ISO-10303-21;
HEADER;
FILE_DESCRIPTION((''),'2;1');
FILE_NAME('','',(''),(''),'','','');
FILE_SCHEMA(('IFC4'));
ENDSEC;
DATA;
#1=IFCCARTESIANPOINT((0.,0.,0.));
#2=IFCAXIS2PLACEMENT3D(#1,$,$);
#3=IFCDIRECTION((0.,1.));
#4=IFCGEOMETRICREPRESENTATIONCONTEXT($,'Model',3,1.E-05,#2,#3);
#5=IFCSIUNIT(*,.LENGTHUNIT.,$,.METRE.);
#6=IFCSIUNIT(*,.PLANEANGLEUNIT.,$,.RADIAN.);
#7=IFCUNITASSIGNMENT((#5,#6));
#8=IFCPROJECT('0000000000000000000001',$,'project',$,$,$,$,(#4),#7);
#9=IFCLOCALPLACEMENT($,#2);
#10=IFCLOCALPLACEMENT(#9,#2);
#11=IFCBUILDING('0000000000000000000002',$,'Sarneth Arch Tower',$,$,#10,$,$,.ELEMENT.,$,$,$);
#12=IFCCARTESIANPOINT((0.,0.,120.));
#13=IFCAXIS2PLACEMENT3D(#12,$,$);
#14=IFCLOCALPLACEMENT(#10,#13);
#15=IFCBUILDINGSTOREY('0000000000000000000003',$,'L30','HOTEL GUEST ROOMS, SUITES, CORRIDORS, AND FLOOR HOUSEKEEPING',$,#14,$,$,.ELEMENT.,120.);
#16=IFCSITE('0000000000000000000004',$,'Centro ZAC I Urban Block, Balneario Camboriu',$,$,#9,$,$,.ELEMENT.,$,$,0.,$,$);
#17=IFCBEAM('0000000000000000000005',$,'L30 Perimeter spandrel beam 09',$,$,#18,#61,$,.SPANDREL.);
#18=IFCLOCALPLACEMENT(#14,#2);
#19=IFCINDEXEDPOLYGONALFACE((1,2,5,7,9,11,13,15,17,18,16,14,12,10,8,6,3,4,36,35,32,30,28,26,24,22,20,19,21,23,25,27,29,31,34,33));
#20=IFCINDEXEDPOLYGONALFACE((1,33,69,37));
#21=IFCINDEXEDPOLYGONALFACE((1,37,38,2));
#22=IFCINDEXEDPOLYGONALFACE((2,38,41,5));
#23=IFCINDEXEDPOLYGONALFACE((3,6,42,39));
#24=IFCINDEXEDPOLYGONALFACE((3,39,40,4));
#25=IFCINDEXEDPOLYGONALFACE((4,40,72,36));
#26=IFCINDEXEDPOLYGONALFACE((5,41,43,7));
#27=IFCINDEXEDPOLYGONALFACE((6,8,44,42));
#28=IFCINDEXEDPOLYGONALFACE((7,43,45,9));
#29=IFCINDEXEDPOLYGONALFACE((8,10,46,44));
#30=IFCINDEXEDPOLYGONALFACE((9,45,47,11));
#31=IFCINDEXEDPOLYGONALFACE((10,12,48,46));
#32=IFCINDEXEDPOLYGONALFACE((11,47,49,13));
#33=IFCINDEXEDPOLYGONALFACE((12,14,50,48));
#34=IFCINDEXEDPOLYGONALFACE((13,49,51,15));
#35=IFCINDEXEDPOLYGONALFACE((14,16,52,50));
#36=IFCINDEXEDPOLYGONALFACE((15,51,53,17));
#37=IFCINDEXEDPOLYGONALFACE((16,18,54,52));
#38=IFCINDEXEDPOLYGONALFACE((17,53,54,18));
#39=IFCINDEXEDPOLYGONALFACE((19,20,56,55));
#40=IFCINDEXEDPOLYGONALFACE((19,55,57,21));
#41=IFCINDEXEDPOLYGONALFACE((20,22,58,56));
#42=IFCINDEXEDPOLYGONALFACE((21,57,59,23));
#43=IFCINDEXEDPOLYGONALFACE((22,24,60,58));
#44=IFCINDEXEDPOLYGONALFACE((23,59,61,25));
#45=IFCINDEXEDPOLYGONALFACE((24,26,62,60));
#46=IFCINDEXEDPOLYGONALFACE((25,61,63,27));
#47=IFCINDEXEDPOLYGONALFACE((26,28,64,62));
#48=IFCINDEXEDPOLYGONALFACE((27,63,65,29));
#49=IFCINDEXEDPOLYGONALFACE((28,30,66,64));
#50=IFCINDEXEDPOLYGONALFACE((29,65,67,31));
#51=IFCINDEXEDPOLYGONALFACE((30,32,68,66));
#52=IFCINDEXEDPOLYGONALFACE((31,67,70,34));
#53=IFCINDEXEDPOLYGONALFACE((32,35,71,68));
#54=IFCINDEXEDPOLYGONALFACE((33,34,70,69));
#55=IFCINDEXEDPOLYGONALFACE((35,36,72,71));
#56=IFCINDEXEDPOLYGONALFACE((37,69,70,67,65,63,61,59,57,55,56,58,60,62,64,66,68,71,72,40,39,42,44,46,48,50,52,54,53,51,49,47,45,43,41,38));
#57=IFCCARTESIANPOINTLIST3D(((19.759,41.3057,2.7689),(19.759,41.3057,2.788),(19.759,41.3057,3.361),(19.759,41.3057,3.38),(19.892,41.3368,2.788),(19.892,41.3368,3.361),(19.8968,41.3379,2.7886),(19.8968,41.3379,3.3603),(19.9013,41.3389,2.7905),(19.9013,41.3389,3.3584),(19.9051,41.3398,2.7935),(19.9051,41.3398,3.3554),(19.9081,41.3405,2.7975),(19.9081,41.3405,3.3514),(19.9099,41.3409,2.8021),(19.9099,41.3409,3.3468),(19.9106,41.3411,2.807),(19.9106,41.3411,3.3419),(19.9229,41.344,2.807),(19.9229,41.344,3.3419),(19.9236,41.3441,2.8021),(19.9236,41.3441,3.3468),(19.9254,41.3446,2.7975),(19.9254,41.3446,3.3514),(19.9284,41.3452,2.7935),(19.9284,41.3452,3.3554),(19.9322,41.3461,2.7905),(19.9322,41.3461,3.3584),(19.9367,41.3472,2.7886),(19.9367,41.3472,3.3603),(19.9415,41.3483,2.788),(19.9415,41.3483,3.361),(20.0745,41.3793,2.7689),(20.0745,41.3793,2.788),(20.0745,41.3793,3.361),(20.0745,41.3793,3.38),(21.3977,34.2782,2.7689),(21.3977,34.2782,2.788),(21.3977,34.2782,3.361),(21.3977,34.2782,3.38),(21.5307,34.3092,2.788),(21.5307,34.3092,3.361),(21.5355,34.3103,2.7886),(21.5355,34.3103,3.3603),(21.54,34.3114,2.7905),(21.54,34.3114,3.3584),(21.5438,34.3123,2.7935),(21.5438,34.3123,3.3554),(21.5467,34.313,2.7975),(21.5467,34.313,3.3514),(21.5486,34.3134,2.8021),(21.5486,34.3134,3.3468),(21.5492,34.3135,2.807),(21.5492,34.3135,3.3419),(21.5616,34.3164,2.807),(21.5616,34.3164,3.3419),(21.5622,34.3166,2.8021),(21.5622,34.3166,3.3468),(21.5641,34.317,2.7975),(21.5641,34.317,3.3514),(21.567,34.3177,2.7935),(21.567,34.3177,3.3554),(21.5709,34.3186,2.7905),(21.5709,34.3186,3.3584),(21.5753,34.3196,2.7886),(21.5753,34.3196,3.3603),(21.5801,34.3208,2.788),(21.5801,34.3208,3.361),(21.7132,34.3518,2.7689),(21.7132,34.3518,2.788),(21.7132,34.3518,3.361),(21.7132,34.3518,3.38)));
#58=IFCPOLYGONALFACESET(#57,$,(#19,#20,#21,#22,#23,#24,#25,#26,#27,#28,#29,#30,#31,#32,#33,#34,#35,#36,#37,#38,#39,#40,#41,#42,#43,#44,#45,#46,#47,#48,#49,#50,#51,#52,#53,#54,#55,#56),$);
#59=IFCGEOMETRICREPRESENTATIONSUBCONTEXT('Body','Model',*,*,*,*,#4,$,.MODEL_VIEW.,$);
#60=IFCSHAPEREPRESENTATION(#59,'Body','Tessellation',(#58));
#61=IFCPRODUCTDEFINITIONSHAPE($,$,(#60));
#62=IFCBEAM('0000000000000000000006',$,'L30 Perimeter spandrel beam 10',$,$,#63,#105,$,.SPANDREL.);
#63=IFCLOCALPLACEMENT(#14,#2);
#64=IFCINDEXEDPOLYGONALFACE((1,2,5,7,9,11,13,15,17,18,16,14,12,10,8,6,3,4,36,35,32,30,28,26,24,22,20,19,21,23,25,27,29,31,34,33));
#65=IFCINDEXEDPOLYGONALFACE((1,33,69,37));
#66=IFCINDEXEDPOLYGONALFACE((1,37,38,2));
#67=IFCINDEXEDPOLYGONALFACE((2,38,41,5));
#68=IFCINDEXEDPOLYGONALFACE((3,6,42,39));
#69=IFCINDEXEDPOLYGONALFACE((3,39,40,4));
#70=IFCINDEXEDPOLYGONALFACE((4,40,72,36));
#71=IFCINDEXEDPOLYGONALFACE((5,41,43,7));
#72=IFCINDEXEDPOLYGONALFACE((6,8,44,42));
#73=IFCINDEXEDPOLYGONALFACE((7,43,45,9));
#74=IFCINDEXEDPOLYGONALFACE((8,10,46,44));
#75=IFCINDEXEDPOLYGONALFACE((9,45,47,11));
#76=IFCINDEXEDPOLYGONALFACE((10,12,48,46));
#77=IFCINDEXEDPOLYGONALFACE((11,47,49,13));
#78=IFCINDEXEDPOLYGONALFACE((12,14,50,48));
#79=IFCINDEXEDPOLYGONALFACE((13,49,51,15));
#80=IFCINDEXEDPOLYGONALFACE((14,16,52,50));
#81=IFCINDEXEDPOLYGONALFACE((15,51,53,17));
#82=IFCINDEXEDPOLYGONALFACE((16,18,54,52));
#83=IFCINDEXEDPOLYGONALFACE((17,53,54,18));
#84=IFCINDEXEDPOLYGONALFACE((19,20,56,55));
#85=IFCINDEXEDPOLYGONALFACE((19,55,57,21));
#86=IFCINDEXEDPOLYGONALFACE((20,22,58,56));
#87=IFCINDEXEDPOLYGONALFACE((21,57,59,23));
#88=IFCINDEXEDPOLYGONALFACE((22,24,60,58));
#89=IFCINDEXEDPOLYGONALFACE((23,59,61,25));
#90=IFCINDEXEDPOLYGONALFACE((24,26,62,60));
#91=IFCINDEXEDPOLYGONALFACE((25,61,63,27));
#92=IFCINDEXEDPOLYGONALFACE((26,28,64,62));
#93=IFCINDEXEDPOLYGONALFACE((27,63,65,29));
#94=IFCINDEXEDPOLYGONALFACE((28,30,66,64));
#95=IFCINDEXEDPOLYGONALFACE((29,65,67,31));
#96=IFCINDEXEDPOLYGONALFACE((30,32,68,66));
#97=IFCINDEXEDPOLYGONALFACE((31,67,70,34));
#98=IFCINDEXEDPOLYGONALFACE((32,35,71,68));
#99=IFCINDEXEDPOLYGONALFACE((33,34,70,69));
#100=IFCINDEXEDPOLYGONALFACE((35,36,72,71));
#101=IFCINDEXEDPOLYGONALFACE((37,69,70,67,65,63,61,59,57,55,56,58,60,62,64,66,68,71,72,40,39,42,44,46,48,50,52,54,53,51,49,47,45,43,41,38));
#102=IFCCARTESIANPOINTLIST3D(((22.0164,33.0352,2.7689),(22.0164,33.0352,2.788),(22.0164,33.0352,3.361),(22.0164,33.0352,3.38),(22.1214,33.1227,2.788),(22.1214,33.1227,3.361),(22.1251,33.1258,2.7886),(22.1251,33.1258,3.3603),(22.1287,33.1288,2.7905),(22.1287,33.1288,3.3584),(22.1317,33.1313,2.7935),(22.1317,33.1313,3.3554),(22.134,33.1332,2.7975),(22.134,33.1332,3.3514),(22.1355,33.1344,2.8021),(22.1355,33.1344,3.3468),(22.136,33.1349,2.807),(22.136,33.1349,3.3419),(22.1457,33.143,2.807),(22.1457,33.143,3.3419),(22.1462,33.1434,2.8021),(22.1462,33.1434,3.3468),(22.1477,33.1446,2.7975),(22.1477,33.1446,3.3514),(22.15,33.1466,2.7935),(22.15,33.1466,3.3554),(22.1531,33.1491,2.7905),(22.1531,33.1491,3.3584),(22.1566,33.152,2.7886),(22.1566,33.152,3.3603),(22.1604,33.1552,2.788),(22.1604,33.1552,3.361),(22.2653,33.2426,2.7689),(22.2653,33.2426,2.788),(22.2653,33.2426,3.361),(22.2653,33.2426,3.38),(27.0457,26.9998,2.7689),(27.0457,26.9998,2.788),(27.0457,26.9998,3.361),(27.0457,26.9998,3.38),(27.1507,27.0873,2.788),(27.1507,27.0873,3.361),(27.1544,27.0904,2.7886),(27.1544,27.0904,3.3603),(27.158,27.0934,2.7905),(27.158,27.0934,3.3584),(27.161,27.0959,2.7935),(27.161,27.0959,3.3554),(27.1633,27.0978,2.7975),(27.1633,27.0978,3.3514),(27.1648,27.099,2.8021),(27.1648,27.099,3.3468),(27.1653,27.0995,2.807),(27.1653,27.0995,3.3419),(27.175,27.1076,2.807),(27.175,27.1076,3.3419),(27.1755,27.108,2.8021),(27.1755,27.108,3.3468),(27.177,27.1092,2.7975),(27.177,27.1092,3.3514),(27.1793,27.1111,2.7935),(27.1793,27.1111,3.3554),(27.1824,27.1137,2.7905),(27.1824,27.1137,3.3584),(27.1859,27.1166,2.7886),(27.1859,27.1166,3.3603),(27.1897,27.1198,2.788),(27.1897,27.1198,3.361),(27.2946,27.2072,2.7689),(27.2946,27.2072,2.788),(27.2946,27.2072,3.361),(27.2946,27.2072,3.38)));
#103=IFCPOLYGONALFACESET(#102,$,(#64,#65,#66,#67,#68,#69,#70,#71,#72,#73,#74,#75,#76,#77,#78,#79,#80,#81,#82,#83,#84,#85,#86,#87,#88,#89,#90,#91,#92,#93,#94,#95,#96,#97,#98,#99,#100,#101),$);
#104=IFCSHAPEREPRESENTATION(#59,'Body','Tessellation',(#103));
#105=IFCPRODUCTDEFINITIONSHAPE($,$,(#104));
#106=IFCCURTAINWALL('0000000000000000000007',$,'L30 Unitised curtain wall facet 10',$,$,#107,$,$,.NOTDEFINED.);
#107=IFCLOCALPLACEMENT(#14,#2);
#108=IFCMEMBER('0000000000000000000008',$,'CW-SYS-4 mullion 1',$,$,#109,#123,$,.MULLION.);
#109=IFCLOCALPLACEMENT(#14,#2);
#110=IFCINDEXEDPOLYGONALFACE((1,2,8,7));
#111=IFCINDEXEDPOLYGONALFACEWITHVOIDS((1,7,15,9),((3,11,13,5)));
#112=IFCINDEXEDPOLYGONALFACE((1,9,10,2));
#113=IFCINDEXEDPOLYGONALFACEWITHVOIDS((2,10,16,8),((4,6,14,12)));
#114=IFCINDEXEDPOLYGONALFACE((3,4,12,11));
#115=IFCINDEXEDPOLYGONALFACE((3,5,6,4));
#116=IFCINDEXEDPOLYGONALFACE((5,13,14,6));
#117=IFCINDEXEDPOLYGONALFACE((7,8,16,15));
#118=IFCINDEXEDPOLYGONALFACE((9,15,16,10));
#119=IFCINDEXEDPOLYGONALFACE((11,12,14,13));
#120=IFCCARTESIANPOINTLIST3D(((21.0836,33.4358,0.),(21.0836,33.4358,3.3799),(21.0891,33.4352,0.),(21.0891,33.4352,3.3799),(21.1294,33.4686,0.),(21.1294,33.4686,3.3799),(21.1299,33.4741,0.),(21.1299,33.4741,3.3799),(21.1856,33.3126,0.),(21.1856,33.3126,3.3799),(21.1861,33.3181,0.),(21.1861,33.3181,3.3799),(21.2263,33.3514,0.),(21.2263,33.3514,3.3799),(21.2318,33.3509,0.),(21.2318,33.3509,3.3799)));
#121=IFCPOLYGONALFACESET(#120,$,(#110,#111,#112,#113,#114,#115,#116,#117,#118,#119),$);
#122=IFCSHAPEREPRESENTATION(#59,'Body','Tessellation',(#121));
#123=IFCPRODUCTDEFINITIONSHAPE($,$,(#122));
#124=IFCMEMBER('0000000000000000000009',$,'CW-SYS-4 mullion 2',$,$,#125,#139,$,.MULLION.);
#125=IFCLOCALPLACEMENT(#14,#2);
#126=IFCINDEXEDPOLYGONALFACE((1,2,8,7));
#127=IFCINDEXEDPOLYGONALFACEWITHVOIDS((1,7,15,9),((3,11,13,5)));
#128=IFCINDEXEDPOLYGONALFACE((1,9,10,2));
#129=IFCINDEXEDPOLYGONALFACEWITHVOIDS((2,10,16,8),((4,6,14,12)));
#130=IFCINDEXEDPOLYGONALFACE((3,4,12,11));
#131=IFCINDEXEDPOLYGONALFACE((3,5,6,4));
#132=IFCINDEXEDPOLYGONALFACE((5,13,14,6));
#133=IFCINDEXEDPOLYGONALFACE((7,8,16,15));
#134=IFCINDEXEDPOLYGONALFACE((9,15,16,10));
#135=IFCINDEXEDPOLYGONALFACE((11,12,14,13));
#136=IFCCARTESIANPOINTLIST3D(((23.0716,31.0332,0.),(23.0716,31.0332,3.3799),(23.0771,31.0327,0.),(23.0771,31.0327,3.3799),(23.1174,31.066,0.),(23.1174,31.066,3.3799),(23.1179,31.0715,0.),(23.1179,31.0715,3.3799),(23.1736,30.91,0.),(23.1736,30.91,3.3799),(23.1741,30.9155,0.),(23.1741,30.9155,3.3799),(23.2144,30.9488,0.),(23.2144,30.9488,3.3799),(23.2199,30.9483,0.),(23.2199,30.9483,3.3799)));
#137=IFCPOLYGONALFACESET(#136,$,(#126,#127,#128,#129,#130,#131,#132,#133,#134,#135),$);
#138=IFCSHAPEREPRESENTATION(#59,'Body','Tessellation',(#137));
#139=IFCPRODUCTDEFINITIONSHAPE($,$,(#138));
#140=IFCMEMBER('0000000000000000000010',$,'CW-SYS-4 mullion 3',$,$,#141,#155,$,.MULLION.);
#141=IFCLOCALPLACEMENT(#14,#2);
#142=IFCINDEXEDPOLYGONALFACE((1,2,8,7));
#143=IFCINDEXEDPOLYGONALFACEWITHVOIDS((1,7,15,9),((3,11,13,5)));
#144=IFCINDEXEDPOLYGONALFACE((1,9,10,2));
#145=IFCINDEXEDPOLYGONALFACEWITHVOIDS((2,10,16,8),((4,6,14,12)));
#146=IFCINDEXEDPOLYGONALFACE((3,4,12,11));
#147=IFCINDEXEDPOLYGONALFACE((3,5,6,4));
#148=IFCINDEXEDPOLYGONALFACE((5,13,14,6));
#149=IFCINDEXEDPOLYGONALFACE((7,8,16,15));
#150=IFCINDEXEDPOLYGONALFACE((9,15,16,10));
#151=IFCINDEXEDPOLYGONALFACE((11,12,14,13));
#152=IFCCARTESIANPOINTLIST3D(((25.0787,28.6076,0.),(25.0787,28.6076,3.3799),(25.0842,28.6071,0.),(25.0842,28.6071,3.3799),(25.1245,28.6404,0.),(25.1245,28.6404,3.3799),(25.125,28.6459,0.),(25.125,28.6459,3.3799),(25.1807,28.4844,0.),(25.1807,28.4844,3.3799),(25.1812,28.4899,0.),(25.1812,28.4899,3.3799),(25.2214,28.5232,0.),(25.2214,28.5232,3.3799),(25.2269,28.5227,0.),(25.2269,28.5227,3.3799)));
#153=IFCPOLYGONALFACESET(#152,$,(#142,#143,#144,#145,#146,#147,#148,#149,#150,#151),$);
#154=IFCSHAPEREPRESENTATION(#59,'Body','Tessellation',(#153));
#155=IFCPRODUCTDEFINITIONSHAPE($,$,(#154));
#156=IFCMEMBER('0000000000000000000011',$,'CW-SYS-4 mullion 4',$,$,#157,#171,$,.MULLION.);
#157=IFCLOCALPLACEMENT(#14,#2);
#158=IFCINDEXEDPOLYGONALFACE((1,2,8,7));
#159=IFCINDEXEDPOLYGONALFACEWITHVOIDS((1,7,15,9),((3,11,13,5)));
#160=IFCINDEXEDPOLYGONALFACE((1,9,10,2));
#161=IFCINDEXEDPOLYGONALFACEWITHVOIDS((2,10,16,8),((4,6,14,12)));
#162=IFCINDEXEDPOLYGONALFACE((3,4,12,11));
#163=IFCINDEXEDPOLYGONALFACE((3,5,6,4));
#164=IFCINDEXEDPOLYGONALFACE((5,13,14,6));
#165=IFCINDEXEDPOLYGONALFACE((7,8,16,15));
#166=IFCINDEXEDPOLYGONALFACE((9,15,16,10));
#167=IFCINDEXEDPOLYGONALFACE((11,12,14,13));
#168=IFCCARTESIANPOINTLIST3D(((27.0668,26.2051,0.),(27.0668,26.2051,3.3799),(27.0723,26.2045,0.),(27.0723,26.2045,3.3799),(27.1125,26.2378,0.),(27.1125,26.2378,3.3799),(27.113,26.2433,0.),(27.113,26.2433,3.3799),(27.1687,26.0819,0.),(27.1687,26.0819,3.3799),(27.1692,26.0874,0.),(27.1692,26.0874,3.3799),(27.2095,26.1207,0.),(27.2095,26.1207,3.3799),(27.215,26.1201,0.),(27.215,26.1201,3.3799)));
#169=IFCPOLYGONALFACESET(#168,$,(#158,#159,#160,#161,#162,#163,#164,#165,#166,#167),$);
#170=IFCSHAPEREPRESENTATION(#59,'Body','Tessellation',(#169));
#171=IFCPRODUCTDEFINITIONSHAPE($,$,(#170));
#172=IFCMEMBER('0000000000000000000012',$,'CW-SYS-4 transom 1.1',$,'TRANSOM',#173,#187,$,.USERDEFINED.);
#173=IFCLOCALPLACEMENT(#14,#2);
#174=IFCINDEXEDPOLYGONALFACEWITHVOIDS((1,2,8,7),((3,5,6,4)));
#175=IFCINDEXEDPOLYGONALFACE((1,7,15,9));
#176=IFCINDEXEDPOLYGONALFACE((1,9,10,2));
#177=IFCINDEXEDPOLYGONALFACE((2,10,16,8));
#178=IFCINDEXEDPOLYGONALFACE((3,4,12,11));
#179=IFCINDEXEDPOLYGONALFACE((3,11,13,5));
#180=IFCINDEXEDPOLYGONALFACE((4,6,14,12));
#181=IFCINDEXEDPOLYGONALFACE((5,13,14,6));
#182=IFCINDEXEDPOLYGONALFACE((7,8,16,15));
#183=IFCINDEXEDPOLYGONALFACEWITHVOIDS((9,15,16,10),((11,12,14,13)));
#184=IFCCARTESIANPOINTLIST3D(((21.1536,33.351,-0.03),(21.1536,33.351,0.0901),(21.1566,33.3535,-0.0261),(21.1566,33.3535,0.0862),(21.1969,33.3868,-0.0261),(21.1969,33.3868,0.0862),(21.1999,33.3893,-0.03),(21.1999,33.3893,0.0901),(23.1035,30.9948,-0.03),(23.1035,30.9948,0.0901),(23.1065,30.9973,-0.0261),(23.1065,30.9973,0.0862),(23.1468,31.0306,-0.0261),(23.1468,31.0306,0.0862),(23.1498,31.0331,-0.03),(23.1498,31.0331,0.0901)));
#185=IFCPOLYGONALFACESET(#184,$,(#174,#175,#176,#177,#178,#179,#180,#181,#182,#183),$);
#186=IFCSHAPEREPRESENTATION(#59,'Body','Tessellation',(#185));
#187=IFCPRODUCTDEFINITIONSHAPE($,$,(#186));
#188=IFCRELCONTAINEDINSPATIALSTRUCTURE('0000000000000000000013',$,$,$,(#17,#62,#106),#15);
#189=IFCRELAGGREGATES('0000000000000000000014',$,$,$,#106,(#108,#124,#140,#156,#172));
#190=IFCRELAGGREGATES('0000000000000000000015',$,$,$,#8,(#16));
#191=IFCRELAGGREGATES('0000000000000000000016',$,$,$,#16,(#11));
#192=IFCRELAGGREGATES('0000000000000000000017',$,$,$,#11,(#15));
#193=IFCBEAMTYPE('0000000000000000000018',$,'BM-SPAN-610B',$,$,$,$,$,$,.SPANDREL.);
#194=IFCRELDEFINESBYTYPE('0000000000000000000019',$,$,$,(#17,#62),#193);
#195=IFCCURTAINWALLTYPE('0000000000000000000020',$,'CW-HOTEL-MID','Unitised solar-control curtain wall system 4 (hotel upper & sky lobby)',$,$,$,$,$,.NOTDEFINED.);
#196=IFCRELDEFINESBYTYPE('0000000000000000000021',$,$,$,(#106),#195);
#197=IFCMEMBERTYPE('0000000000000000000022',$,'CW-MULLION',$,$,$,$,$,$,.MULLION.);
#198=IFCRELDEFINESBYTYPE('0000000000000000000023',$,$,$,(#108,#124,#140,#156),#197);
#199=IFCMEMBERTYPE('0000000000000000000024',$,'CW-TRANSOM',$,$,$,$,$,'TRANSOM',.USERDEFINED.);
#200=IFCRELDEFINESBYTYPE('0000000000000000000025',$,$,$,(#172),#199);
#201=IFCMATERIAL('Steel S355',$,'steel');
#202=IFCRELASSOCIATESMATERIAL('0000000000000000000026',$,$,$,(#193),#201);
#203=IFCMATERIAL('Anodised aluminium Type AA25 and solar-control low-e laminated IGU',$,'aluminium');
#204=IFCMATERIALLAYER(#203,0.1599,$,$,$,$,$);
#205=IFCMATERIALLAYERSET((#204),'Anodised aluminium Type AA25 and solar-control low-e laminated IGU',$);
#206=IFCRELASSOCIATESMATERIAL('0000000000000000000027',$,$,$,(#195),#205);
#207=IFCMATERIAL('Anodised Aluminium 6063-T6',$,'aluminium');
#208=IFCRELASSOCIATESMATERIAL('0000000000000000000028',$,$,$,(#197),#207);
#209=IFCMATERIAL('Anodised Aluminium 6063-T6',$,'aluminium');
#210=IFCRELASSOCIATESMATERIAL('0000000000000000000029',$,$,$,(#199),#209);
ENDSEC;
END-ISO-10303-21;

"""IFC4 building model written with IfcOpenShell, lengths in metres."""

from ifc_helpers import new_model, si_unit, direction, frame, origin, origin_2d, place, context, subcontext, project, spatial, hollow_rectangle, i_section, extrude, material, layer, layer_set, material_profile, profile_set, type_object, element, aggregate, save


model = new_model("IFC4")

# Units and contexts
model_context = context("Model", 3, precision=1e-05, world=origin(), true_north=direction((0.0, 1.0)))
body_context = subcontext(model_context, "Body", "Model", "MODEL_VIEW")
ifc_project = project(units=[si_unit("LENGTHUNIT", "METRE"), si_unit("PLANEANGLEUNIT", "RADIAN")], contexts=[model_context])

# Site, building, storey
site_placement = place(None, origin())
site = spatial("IfcSite", under=ifc_project, at=site_placement, Name="Centro ZAC I Urban Block, Balneario Camboriu", CompositionType="ELEMENT", RefElevation=0.0)
building_placement = place(site_placement, origin())
building = spatial("IfcBuilding", under=site, at=building_placement, Name="Sarneth Arch Tower", CompositionType="ELEMENT")
storey_placement = place(building_placement, frame((0.0, 0.0, 120.0)))
storey = spatial("IfcBuildingStorey", under=building, at=storey_placement, Name="L30", Description="HOTEL GUEST ROOMS, SUITES, CORRIDORS, AND FLOOR HOUSEKEEPING", CompositionType="ELEMENT", Elevation=120.0)

# Beams
ifc_material_1 = material(Name="Steel S355", Category="steel")
ifc_material_profile_1 = material_profile(ifc_material_1, i_section(OverallWidth=0.324, OverallDepth=0.6111, WebThickness=0.0127, FlangeThickness=0.019, FilletRadius=0.019, at=origin_2d()), Name="W610x155")
ifc_profile_set_1 = profile_set([ifc_material_profile_1], Name="Steel S355")
beam_type = type_object("IfcBeamType", Name="BM-SPAN-610B", PredefinedType="SPANDREL", material=ifc_profile_set_1)
beam_1_placement = place(storey_placement, frame((19.9167, 41.3425, 3.0745), z_axis=(0.227085, -0.973875, 0.0), x_axis=(0.973875, 0.227085, 0.0)))
element("IfcBeam", 1, at=beam_1_placement, inside=storey, type_object=beam_type, Name="L30 Perimeter spandrel beam 09", PredefinedType="SPANDREL", context=body_context, shape_type="SweptSolid", body=[
    extrude(i_section(OverallWidth=0.324, OverallDepth=0.6111, WebThickness=0.0127, FlangeThickness=0.019, FilletRadius=0.019, at=origin_2d()), origin(), (0.0, 0.0, 1.0), 7.2161),
])
beam_2_placement = place(storey_placement, frame((22.1409, 33.1389, 3.0745), z_axis=(0.640169, -0.768234, 0.0), x_axis=(0.768234, 0.640169, 0.0)))
element("IfcBeam", 2, at=beam_2_placement, inside=storey, type_object=beam_type, Name="L30 Perimeter spandrel beam 10", PredefinedType="SPANDREL", context=body_context, shape_type="SweptSolid", body=[
    extrude(i_section(OverallWidth=0.324, OverallDepth=0.6111, WebThickness=0.0127, FlangeThickness=0.019, FilletRadius=0.019, at=origin_2d()), origin(), (0.0, 0.0, 1.0), 7.8562),
])

# Curtain wall, members
ifc_material_2 = material(Name="Anodised aluminium Type AA25 and solar-control low-e laminated IGU", Category="aluminium")
ifc_layer_1 = layer(ifc_material_2, 0.1599)
ifc_layer_set_1 = layer_set([ifc_layer_1], Name="Anodised aluminium Type AA25 and solar-control low-e laminated IGU")
curtain_wall_type = type_object("IfcCurtainWallType", Name="CW-HOTEL-MID", Description="Unitised solar-control curtain wall system 4 (hotel upper & sky lobby)", PredefinedType="NOTDEFINED", material=ifc_layer_set_1)
curtain_wall_placement = place(storey_placement, origin())
curtain_wall = element("IfcCurtainWall", 3, at=curtain_wall_placement, inside=storey, type_object=curtain_wall_type, Name="L30 Unitised curtain wall facet 10", PredefinedType="NOTDEFINED")
ifc_material_3 = material(Name="Anodised Aluminium 6063-T6", Category="aluminium")
ifc_material_profile_2 = material_profile(ifc_material_3, hollow_rectangle(XDim=0.0601, YDim=0.1599, WallThickness=0.0039, at=origin_2d()), Name="AL-MULL-160x60x4")
ifc_profile_set_2 = profile_set([ifc_material_profile_2], Name="Anodised Aluminium 6063-T6")
member_type_1 = type_object("IfcMemberType", Name="CW-MULLION", PredefinedType="MULLION", material=ifc_profile_set_2)
member_1_placement = place(storey_placement, frame((21.1577, 33.3933, 0.0), z_axis=(0.0, 0.0, 1.0), x_axis=(0.770438, 0.637515, 0.0)))
member_1 = element("IfcMember", 4, at=member_1_placement, type_object=member_type_1, Name="CW-SYS-4 mullion 1", PredefinedType="MULLION", context=body_context, shape_type="SweptSolid", body=[
    extrude(hollow_rectangle(XDim=0.0601, YDim=0.1599, WallThickness=0.0039, at=origin_2d()), origin(), (0.0, 0.0, 1.0), 3.3799),
])
member_2_placement = place(storey_placement, frame((23.1458, 30.9907, 0.0), z_axis=(0.0, 0.0, 1.0), x_axis=(0.770438, 0.637515, 0.0)))
member_2 = element("IfcMember", 5, at=member_2_placement, type_object=member_type_1, Name="CW-SYS-4 mullion 2", PredefinedType="MULLION", context=body_context, shape_type="SweptSolid", body=[
    extrude(hollow_rectangle(XDim=0.0601, YDim=0.1599, WallThickness=0.0039, at=origin_2d()), origin(), (0.0, 0.0, 1.0), 3.3799),
])
member_3_placement = place(storey_placement, frame((25.1528, 28.5652, 0.0), z_axis=(0.0, 0.0, 1.0), x_axis=(0.770438, 0.637515, 0.0)))
member_3 = element("IfcMember", 6, at=member_3_placement, type_object=member_type_1, Name="CW-SYS-4 mullion 3", PredefinedType="MULLION", context=body_context, shape_type="SweptSolid", body=[
    extrude(hollow_rectangle(XDim=0.0601, YDim=0.1599, WallThickness=0.0039, at=origin_2d()), origin(), (0.0, 0.0, 1.0), 3.3799),
])
member_4_placement = place(storey_placement, frame((27.1409, 26.1626, 0.0), z_axis=(0.0, 0.0, 1.0), x_axis=(0.770438, 0.637515, 0.0)))
member_4 = element("IfcMember", 7, at=member_4_placement, type_object=member_type_1, Name="CW-SYS-4 mullion 4", PredefinedType="MULLION", context=body_context, shape_type="SweptSolid", body=[
    extrude(hollow_rectangle(XDim=0.0601, YDim=0.1599, WallThickness=0.0039, at=origin_2d()), origin(), (0.0, 0.0, 1.0), 3.3799),
])
ifc_material_4 = material(Name="Anodised Aluminium 6063-T6", Category="aluminium")
ifc_material_profile_3 = material_profile(ifc_material_4, hollow_rectangle(XDim=0.0601, YDim=0.1201, WallThickness=0.0039, at=origin_2d()), Name="AL-TRAN-120x60x4")
ifc_profile_set_3 = profile_set([ifc_material_profile_3], Name="Anodised Aluminium 6063-T6")
member_type_2 = type_object("IfcMemberType", Name="CW-TRANSOM", ElementType="TRANSOM", PredefinedType="USERDEFINED", material=ifc_profile_set_3)
member_5_placement = place(storey_placement, frame((21.1768, 33.3701, 0.03), z_axis=(0.637566, -0.770396, 0.0), x_axis=(0.770396, 0.637566, 0.0)))
member_5 = element("IfcMember", 8, at=member_5_placement, type_object=member_type_2, Name="CW-SYS-4 transom 1.1", ObjectType="TRANSOM", PredefinedType="USERDEFINED", context=body_context, shape_type="SweptSolid", body=[
    extrude(hollow_rectangle(XDim=0.0601, YDim=0.1201, WallThickness=0.0039, at=origin_2d()), origin(), (0.0, 0.0, 1.0), 3.0583),
])

aggregate(curtain_wall, [member_1, member_2, member_3, member_4, member_5])

save(model, "model.ifc")
